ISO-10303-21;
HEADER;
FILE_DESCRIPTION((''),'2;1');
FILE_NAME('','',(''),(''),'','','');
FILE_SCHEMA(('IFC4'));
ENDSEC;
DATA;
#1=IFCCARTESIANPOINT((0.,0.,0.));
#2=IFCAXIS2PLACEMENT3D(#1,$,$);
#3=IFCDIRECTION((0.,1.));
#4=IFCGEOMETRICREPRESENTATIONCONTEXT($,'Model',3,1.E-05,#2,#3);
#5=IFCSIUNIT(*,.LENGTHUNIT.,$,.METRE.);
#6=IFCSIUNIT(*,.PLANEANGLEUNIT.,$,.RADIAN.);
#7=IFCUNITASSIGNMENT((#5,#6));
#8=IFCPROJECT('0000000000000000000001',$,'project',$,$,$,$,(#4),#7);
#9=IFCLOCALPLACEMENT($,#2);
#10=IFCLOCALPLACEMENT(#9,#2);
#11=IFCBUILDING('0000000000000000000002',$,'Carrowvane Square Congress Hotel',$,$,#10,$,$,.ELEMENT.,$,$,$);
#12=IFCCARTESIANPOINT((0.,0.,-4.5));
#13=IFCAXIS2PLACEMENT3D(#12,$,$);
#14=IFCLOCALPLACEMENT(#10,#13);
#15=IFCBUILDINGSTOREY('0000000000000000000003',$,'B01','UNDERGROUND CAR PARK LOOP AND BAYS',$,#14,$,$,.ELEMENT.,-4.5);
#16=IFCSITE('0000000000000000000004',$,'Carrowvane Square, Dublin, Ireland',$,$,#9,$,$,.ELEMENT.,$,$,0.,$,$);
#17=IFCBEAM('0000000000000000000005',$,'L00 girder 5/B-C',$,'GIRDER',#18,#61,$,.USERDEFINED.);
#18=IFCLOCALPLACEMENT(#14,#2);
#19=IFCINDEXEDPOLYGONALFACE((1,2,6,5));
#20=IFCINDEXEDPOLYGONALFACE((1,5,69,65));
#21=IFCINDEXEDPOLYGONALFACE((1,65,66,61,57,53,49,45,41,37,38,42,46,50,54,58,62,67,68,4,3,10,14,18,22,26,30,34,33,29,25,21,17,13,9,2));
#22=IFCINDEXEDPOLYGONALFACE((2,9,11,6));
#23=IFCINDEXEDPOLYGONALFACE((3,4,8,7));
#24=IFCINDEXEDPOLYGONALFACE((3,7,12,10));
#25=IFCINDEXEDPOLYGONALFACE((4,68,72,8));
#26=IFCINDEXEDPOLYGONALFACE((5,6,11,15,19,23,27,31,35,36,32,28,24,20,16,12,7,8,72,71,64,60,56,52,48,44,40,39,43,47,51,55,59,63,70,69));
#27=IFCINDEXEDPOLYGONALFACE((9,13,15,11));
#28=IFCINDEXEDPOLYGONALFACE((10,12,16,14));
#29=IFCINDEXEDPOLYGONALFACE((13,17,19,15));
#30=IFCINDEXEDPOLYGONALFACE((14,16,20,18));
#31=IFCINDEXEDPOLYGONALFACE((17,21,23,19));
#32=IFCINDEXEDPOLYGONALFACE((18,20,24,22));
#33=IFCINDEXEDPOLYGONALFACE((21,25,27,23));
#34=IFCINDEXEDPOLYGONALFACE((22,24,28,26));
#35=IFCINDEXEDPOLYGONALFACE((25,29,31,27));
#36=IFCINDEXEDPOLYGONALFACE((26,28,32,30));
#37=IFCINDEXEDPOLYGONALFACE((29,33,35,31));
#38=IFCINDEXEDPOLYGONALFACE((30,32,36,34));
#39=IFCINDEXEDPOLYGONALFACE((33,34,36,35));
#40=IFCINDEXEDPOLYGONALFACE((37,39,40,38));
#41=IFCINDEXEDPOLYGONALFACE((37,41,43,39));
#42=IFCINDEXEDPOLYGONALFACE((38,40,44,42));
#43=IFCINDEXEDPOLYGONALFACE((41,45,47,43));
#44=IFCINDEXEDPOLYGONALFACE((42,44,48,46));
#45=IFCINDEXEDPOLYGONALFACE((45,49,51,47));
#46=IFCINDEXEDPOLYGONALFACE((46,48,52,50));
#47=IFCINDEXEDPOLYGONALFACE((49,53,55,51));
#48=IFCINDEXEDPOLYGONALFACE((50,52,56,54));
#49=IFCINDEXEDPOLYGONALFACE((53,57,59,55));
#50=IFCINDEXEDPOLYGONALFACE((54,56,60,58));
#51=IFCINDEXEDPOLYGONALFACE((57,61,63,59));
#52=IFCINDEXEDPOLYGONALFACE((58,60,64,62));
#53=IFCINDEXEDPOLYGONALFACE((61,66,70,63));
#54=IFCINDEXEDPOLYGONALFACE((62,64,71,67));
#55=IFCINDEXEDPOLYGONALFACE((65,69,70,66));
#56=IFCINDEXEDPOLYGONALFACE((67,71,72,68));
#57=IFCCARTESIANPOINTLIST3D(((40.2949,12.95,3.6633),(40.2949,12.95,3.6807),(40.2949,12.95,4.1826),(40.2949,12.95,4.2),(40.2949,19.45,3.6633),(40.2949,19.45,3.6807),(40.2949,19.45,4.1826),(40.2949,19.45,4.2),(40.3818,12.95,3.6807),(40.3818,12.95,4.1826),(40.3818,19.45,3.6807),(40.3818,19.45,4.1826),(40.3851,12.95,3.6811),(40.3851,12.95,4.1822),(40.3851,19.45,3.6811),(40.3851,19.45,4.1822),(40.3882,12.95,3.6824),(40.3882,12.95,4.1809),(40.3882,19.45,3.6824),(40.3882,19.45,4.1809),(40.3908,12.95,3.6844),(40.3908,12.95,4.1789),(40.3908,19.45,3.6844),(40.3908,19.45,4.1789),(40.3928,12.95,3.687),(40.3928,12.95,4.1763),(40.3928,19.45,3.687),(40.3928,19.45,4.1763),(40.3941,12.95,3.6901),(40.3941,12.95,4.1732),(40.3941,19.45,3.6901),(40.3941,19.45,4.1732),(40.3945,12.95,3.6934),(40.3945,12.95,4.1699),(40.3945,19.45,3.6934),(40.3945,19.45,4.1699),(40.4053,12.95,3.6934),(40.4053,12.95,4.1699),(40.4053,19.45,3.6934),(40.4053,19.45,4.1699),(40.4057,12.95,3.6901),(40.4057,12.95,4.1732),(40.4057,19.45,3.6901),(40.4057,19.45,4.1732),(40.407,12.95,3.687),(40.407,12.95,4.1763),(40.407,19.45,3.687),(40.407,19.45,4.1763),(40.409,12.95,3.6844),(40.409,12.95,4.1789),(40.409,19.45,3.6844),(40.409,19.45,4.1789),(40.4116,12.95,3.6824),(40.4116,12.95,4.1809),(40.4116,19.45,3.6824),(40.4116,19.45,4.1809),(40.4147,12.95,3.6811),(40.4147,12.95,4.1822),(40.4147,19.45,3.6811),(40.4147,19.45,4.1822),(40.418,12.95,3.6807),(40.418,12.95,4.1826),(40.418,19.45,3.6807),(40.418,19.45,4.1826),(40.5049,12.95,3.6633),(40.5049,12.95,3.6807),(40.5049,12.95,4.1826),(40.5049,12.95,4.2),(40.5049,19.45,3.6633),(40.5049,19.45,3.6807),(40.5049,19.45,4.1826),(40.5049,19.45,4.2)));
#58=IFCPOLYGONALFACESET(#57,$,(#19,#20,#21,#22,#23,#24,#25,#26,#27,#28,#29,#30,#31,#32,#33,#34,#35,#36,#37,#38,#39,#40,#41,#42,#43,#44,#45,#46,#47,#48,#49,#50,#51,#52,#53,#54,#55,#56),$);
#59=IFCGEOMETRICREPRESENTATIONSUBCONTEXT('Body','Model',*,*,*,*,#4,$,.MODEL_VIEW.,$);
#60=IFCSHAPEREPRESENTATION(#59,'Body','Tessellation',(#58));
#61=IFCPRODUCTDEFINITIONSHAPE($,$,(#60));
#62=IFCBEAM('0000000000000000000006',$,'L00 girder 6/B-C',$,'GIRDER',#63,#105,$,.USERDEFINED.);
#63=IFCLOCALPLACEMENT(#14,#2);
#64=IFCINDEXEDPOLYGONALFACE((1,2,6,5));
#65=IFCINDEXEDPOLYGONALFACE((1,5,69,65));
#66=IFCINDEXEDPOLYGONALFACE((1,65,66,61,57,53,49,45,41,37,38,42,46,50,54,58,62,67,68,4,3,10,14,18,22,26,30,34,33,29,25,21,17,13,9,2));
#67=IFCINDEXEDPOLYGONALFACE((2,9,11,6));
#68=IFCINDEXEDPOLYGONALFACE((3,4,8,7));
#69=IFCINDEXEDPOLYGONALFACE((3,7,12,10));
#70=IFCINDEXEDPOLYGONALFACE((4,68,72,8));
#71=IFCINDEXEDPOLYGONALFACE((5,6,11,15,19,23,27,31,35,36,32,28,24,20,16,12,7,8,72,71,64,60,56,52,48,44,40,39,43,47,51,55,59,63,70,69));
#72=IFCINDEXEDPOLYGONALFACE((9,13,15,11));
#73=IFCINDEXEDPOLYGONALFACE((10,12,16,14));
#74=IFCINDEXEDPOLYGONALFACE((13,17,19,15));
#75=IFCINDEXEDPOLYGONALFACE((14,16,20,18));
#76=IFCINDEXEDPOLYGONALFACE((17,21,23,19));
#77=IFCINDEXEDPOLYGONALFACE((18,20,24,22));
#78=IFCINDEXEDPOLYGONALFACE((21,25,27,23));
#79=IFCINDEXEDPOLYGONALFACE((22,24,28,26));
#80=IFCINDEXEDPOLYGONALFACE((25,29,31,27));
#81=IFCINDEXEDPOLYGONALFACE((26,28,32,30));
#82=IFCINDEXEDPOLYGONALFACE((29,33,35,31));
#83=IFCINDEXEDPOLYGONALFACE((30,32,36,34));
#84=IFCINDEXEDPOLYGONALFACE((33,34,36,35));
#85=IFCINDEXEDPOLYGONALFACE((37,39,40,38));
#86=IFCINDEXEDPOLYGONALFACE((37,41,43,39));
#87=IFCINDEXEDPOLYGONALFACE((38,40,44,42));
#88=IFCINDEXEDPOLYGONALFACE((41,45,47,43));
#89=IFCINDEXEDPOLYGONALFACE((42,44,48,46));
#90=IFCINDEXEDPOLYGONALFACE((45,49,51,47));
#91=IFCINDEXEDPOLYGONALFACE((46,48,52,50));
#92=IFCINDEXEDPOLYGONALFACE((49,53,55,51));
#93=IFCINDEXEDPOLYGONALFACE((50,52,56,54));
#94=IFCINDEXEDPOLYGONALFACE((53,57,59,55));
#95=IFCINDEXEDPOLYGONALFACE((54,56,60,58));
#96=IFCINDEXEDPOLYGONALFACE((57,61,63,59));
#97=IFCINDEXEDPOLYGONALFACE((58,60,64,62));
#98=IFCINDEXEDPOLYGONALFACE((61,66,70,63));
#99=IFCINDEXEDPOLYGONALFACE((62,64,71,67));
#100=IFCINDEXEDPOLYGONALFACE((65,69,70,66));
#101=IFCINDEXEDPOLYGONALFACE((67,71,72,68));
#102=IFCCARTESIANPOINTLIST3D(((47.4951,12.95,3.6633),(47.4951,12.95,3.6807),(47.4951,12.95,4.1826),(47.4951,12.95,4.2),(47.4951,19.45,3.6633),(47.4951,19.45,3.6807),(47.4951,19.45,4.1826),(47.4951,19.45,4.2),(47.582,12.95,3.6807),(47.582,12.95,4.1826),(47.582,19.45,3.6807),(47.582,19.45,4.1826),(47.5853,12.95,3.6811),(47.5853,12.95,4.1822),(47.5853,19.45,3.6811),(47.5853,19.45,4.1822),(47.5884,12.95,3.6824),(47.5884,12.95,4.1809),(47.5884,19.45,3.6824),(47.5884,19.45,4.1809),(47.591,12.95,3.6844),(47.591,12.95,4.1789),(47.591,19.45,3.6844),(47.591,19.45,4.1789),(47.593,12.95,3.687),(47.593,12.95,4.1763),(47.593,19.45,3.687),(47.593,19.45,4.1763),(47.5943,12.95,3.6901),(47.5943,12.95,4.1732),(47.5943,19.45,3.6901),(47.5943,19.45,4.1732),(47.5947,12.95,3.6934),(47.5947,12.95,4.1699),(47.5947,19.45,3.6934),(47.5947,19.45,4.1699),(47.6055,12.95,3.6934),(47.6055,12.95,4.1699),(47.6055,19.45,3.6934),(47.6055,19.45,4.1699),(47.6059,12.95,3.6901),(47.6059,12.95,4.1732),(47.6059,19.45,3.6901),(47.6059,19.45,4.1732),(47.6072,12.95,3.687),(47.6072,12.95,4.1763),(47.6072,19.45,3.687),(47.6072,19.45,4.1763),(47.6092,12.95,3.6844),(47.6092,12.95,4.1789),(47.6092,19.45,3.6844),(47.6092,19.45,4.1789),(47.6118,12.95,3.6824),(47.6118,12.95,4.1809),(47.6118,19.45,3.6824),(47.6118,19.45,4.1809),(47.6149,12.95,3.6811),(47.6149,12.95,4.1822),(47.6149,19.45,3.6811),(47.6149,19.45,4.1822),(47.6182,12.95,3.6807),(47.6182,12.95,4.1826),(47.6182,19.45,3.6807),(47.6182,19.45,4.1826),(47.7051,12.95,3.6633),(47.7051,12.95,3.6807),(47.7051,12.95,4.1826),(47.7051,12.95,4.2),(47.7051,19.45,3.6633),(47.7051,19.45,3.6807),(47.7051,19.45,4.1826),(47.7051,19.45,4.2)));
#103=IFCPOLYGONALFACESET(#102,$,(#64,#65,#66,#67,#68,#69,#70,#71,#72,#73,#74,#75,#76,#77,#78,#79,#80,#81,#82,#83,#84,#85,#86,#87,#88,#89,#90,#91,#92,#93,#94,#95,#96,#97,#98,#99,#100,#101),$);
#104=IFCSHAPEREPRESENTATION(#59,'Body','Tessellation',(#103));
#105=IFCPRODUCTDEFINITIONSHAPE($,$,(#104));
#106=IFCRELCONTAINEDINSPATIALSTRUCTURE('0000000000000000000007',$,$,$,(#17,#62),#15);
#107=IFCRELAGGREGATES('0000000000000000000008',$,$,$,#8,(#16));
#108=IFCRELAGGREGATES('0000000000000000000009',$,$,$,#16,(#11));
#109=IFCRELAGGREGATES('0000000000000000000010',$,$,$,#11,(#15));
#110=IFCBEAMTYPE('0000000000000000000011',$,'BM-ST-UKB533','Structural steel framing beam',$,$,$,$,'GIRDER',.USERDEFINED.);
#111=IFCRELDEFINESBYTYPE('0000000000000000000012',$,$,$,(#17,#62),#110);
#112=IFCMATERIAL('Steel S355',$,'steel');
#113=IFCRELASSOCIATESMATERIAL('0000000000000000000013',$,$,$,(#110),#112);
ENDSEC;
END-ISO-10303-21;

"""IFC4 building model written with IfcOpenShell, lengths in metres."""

from ifc_helpers import new_model, si_unit, direction, frame, origin, origin_2d, place, context, subcontext, project, spatial, i_section, extrude, material, material_profile, profile_set, type_object, element, save


model = new_model("IFC4")

# Units and contexts
model_context = context("Model", 3, precision=1e-05, world=origin(), true_north=direction((0.0, 1.0)))
body_context = subcontext(model_context, "Body", "Model", "MODEL_VIEW")
ifc_project = project(units=[si_unit("LENGTHUNIT", "METRE"), si_unit("PLANEANGLEUNIT", "RADIAN")], contexts=[model_context])

# Site, building, storey
site_placement = place(None, origin())
site = spatial("IfcSite", under=ifc_project, at=site_placement, Name="Carrowvane Square, Dublin, Ireland", CompositionType="ELEMENT", RefElevation=0.0)
building_placement = place(site_placement, origin())
building = spatial("IfcBuilding", under=site, at=building_placement, Name="Carrowvane Square Congress Hotel", CompositionType="ELEMENT")
storey_placement = place(building_placement, frame((0.0, 0.0, -4.5)))
storey = spatial("IfcBuildingStorey", under=building, at=storey_placement, Name="B01", Description="UNDERGROUND CAR PARK LOOP AND BAYS", CompositionType="ELEMENT", Elevation=-4.5)

# Beams
ifc_material_1 = material(Name="Steel S355", Category="steel")
ifc_material_profile_1 = material_profile(ifc_material_1, i_section(OverallWidth=0.21, OverallDepth=0.5366, WebThickness=0.0107, FlangeThickness=0.0173, FilletRadius=0.0127, at=origin_2d()), Name="UKB 533x210x101")
ifc_profile_set_1 = profile_set([ifc_material_profile_1], Name="Steel S355")
beam_type_1 = type_object("IfcBeamType", Name="BM-ST-UKB533", Description="Structural steel framing beam", ElementType="GIRDER", PredefinedType="USERDEFINED", material=ifc_profile_set_1)
for number, where, z_axis, x_axis, name in (
    (1, (40.3999, 12.95, 3.9316), (0.0, 1.0, 0.0), (-1.0, 0.0, 0.0), "L00 girder 5/B-C"),
    (2, (47.6001, 12.95, 3.9316), (0.0, 1.0, 0.0), (-1.0, 0.0, 0.0), "L00 girder 6/B-C"),
):
    element("IfcBeam", number, at=place(storey_placement, frame(where, z_axis=z_axis, x_axis=x_axis)), inside=storey, type_object=beam_type_1, Name=name, ObjectType="GIRDER", PredefinedType="USERDEFINED", context=body_context, shape_type="SweptSolid", body=[
        extrude(i_section(OverallWidth=0.21, OverallDepth=0.5366, WebThickness=0.0107, FlangeThickness=0.0173, FilletRadius=0.0127, at=origin_2d()), origin(), (0.0, 0.0, 1.0), 6.5),
    ])

save(model, "model.ifc")
